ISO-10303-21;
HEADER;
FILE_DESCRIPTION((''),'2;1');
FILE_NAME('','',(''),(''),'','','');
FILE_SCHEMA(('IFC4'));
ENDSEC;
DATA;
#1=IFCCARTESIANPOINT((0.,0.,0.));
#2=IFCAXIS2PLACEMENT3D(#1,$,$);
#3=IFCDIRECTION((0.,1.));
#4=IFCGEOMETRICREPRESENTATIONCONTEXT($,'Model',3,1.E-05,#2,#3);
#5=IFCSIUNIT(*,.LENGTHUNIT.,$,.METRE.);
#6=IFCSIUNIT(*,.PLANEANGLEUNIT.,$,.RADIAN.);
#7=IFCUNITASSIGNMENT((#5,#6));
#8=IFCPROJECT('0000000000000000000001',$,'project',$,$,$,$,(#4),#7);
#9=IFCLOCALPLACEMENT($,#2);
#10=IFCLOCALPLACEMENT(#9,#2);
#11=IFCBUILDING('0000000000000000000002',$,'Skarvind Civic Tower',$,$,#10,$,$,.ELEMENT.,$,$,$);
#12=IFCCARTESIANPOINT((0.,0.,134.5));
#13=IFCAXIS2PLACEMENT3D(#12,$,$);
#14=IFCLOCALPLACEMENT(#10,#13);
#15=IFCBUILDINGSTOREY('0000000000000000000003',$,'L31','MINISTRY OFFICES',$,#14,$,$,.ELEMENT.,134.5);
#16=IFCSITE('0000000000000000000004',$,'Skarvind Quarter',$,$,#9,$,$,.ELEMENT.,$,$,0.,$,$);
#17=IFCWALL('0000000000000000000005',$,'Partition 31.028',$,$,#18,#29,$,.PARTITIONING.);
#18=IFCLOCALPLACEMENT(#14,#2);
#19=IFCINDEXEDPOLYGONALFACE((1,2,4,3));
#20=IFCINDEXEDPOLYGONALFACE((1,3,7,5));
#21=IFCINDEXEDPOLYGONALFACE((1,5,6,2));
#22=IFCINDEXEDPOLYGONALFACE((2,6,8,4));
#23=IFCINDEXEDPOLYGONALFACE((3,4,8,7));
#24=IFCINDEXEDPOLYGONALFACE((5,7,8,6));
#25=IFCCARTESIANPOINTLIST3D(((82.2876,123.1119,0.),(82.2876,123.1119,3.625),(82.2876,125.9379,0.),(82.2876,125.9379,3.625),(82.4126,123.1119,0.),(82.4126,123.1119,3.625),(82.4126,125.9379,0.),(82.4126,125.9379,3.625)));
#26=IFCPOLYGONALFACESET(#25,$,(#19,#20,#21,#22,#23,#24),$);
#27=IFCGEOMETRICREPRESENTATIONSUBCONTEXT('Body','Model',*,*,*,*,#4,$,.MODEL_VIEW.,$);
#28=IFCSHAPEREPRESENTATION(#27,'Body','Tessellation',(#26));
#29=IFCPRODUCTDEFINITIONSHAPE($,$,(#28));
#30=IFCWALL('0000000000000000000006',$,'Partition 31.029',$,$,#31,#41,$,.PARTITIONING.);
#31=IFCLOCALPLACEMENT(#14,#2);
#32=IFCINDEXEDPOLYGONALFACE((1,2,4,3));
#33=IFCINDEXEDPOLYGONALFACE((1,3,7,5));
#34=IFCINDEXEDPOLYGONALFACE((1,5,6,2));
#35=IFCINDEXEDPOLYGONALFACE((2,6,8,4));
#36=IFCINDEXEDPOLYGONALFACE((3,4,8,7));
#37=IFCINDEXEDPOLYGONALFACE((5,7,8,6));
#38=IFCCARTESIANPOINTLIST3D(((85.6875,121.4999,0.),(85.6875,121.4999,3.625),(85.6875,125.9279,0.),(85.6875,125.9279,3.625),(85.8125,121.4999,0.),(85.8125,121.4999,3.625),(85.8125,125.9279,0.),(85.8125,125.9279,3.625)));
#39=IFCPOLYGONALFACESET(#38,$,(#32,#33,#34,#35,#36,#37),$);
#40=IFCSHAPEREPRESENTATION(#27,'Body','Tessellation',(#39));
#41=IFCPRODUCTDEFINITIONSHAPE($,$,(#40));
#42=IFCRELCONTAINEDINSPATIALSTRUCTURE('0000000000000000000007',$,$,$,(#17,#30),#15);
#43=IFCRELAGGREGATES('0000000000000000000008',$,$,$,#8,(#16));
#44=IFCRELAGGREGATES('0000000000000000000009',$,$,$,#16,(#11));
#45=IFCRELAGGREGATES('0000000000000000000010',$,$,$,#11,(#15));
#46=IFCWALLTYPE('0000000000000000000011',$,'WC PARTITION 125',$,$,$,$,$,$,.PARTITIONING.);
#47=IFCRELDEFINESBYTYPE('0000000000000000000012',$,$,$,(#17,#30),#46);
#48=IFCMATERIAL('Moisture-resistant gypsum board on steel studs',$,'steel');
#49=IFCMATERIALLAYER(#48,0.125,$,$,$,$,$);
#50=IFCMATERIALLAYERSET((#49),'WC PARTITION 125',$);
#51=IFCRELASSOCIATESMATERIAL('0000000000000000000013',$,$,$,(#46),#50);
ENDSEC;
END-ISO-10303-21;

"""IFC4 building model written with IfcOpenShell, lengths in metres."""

from ifc_helpers import new_model, si_unit, direction, frame, frame_2d, origin, place, context, subcontext, project, spatial, rectangle, extrude, material, layer, layer_set, type_object, element, save


model = new_model("IFC4")

# Units and contexts
model_context = context("Model", 3, precision=1e-05, world=origin(), true_north=direction((0.0, 1.0)))
body_context = subcontext(model_context, "Body", "Model", "MODEL_VIEW")
ifc_project = project(units=[si_unit("LENGTHUNIT", "METRE"), si_unit("PLANEANGLEUNIT", "RADIAN")], contexts=[model_context])

# Site, building, storey
site_placement = place(None, origin())
site = spatial("IfcSite", under=ifc_project, at=site_placement, Name="Skarvind Quarter", CompositionType="ELEMENT", RefElevation=0.0)
building_placement = place(site_placement, origin())
building = spatial("IfcBuilding", under=site, at=building_placement, Name="Skarvind Civic Tower", CompositionType="ELEMENT")
storey_placement = place(building_placement, frame((0.0, 0.0, 134.5)))
storey = spatial("IfcBuildingStorey", under=building, at=storey_placement, Name="L31", Description="MINISTRY OFFICES", CompositionType="ELEMENT", Elevation=134.5)

# Walls
ifc_material_1 = material(Name="Moisture-resistant gypsum board on steel studs", Category="steel")
ifc_layer_1 = layer(ifc_material_1, 0.125)
ifc_layer_set_1 = layer_set([ifc_layer_1], Name="WC PARTITION 125")
wall_type_1 = type_object("IfcWallType", Name="WC PARTITION 125", PredefinedType="PARTITIONING", material=ifc_layer_set_1)
wall_1_placement = place(storey_placement, frame((82.3501, 125.938, 0.0), z_axis=(0.0, 0.0, 1.0), x_axis=(0.0, -1.0, 0.0)))
element("IfcWall", 1, at=wall_1_placement, inside=storey, type_object=wall_type_1, Name="Partition 31.028", PredefinedType="PARTITIONING", context=body_context, shape_type="SweptSolid", body=[
    extrude(rectangle(XDim=2.8259, YDim=0.125, at=frame_2d((1.4131, 0.0))), origin(), (0.0, 0.0, 1.0), 3.625),
])
wall_2_placement = place(storey_placement, frame((85.75, 121.5, 0.0), z_axis=(0.0, 0.0, 1.0), x_axis=(0.0, 1.0, 0.0)))
element("IfcWall", 2, at=wall_2_placement, inside=storey, type_object=wall_type_1, Name="Partition 31.029", PredefinedType="PARTITIONING", context=body_context, shape_type="SweptSolid", body=[
    extrude(rectangle(XDim=4.428, YDim=0.125, at=frame_2d((2.2139, 0.0))), origin(), (0.0, 0.0, 1.0), 3.625),
])

save(model, "model.ifc")
